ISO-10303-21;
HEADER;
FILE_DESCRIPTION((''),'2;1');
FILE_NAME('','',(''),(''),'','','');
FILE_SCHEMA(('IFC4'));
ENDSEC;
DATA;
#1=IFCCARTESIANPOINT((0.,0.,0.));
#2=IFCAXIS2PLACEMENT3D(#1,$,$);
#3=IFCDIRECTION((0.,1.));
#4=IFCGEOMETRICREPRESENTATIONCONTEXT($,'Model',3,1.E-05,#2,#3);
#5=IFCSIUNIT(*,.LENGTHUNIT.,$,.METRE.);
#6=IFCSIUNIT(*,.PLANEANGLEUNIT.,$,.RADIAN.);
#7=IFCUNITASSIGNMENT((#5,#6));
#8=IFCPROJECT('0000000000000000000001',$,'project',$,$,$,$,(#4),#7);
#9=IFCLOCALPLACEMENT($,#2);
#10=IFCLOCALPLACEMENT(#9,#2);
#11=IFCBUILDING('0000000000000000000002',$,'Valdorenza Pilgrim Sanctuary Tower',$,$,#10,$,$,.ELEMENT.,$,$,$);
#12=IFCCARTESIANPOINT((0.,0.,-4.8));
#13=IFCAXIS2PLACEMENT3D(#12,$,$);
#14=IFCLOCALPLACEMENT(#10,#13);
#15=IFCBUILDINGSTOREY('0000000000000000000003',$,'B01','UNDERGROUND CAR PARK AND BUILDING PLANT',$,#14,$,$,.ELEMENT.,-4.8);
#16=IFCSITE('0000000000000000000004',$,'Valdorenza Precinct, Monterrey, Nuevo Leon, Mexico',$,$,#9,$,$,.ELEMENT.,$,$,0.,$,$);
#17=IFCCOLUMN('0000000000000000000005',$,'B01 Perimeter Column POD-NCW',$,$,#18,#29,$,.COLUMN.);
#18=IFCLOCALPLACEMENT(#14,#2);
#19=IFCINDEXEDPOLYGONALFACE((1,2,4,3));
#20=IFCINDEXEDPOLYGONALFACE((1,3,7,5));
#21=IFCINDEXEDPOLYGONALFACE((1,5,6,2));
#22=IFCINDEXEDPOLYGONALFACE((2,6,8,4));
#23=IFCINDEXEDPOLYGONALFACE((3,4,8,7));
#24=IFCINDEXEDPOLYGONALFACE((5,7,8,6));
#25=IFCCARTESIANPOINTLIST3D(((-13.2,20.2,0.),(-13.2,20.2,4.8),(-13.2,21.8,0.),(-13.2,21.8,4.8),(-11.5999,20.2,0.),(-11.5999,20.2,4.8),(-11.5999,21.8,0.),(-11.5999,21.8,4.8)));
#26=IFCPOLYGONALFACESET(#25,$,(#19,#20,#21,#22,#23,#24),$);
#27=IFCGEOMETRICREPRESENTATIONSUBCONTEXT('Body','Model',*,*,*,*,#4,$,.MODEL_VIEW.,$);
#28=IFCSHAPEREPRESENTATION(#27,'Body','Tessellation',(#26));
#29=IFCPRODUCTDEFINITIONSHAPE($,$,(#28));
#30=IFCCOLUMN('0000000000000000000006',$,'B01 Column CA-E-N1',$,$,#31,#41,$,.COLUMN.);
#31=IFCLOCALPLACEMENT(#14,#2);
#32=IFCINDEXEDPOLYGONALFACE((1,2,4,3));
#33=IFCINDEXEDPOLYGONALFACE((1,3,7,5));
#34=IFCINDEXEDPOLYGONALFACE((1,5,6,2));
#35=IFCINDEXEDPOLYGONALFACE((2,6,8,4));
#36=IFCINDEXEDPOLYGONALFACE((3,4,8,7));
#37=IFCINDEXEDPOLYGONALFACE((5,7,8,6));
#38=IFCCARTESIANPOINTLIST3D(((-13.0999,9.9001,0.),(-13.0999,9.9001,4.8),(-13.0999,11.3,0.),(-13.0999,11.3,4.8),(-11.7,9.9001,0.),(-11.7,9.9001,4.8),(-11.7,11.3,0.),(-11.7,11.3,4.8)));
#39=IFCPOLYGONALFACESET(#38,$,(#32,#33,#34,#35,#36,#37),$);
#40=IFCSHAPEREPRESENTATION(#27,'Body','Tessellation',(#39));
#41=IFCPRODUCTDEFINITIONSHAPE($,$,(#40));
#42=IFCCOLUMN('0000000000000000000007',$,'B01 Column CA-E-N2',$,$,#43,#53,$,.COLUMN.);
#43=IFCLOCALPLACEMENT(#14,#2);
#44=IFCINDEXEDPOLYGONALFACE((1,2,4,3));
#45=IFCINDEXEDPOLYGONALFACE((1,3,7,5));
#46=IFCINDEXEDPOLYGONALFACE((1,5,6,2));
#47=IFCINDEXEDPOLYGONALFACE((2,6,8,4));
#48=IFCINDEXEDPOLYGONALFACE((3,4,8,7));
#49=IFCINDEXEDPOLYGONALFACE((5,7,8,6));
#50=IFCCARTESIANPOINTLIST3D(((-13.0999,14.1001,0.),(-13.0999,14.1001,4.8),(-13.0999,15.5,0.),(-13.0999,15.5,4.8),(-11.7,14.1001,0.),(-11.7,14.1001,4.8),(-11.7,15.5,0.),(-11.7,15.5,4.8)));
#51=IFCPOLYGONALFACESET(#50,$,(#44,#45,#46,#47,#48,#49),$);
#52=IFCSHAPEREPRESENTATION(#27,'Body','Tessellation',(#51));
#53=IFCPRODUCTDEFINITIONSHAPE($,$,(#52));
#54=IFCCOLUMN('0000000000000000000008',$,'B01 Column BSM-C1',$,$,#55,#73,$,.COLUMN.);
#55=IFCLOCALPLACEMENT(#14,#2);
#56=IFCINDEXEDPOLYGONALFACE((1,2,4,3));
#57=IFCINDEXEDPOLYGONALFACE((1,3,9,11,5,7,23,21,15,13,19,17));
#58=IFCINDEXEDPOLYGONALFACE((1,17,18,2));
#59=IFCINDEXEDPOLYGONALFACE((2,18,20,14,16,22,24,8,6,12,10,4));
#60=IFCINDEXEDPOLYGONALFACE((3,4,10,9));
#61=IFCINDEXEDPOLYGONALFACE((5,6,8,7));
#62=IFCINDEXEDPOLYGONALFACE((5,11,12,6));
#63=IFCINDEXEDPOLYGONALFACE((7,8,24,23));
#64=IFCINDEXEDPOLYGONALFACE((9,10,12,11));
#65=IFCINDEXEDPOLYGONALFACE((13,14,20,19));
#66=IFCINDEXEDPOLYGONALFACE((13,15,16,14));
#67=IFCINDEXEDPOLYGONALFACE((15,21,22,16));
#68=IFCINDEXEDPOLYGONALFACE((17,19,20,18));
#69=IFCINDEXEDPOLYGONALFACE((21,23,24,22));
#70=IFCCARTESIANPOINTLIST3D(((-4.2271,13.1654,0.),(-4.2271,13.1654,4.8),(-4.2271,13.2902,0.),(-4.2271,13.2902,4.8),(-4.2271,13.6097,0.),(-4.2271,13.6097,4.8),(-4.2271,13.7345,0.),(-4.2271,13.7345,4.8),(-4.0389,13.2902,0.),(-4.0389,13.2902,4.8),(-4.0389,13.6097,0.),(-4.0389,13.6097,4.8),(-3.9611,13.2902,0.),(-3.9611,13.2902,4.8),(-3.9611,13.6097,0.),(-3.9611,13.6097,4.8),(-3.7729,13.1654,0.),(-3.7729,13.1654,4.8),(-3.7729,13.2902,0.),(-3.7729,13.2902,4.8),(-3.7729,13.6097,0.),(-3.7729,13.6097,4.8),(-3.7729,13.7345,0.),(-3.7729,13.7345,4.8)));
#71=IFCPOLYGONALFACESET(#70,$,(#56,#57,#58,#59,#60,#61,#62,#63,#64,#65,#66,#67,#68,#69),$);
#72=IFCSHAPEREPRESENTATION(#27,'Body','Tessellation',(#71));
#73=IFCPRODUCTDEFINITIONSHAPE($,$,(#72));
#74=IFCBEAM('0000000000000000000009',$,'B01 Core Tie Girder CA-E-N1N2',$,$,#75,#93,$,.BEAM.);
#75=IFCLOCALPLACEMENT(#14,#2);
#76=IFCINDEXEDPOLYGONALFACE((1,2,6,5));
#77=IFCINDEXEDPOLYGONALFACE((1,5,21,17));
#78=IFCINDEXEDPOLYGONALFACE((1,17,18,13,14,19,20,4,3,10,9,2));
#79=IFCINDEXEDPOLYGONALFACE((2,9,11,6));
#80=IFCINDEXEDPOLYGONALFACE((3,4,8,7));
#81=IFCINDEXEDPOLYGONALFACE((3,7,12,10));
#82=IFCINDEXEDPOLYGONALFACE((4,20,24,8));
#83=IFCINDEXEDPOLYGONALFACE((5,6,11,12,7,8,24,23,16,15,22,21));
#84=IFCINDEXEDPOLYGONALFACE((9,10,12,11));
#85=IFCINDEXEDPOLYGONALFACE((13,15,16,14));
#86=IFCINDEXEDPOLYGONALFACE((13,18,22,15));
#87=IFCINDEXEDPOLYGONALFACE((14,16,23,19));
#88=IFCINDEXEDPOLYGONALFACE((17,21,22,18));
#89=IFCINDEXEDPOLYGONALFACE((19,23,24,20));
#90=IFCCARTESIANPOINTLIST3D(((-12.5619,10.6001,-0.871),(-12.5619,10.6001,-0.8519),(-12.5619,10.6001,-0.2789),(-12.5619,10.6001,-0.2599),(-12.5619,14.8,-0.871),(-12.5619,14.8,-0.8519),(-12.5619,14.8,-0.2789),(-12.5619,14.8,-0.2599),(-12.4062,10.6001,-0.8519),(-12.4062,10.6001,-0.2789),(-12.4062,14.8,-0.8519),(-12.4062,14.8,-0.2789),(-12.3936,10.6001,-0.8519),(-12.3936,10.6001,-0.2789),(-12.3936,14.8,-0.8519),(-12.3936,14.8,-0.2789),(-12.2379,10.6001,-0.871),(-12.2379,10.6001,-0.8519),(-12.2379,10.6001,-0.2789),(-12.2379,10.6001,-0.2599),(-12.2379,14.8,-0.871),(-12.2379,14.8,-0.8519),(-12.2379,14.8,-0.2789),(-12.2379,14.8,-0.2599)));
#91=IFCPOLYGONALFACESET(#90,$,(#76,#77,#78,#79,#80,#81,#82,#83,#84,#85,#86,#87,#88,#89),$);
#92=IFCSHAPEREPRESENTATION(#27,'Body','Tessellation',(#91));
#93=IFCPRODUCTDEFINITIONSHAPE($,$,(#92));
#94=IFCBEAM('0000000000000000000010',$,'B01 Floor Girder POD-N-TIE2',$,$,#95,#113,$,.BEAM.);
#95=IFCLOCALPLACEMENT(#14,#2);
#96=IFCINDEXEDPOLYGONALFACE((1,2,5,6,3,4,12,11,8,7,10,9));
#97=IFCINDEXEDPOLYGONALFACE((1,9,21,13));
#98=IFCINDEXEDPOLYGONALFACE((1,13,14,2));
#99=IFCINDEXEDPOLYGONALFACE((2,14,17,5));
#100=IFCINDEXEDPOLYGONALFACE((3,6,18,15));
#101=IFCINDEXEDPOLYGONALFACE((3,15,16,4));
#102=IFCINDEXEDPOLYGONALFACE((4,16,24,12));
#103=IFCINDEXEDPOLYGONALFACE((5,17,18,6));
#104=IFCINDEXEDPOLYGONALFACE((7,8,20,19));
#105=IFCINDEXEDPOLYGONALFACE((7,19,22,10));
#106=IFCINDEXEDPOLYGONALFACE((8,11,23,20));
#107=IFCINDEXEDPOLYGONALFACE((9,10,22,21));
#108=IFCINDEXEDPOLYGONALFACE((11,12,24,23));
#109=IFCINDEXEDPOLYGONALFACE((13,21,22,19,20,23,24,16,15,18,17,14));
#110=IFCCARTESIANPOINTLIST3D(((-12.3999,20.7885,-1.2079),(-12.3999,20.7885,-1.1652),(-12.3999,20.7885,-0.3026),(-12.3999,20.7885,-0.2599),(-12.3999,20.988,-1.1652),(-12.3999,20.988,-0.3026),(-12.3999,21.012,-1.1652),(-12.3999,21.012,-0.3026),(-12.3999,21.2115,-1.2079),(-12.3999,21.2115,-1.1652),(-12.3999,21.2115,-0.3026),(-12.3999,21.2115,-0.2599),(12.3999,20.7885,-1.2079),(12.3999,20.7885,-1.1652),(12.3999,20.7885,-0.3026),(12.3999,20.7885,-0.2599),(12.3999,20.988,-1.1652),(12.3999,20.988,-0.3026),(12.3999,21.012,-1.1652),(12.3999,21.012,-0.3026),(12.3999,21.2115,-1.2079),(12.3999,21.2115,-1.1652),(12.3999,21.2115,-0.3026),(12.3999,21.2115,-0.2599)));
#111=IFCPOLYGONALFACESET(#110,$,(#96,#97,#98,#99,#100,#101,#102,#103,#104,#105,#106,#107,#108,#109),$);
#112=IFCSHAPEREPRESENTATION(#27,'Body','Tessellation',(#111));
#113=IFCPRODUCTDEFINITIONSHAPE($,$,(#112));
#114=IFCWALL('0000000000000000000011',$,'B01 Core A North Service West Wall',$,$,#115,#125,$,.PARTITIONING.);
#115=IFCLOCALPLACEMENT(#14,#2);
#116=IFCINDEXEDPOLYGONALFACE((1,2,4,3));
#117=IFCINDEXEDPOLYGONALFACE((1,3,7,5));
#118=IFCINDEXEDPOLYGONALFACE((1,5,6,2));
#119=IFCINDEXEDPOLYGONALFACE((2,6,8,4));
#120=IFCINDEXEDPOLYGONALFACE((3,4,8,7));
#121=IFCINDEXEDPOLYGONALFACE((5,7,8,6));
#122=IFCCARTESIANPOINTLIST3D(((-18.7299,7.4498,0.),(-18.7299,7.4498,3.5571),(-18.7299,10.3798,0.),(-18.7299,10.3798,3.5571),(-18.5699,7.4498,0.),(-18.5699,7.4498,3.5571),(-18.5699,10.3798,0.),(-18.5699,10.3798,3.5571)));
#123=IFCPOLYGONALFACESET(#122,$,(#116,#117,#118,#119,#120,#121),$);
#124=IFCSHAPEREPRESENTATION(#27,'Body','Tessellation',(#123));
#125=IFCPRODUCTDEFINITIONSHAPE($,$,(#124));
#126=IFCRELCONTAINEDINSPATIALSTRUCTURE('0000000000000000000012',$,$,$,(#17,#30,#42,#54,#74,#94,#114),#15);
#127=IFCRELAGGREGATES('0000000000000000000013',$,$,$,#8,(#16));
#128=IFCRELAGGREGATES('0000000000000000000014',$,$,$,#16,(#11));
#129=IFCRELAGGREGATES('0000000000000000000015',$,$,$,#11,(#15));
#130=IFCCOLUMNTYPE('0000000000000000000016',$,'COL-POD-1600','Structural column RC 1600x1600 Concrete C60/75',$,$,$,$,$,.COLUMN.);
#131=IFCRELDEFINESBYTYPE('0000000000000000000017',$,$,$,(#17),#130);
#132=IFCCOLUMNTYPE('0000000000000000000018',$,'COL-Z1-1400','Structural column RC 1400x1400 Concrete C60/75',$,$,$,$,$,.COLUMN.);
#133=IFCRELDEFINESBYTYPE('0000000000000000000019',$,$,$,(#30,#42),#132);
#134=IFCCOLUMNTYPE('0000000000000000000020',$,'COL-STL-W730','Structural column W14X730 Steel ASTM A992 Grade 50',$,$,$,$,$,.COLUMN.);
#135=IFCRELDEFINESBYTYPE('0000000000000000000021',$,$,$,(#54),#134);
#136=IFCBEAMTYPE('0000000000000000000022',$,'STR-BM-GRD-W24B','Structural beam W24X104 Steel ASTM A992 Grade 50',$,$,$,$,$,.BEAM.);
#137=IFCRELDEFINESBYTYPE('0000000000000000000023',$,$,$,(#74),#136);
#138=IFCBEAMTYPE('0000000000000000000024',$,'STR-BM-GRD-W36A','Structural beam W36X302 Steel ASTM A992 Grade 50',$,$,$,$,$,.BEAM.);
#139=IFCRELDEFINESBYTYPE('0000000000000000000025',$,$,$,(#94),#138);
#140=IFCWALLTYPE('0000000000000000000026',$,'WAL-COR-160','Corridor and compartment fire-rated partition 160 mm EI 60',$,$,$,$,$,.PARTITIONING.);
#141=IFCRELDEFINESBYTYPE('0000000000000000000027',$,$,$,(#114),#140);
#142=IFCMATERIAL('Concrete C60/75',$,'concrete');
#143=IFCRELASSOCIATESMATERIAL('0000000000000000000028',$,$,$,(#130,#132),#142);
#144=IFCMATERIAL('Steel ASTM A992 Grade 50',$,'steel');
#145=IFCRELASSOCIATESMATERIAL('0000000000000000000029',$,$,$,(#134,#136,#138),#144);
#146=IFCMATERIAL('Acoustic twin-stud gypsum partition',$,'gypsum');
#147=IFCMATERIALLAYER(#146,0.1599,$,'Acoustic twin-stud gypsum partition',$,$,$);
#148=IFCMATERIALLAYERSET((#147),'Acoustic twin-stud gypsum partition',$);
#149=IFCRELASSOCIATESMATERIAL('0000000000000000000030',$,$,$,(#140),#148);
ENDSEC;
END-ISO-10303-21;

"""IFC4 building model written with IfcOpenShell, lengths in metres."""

from ifc_helpers import new_model, si_unit, direction, frame, frame_2d, origin, origin_2d, place, context, subcontext, project, spatial, rectangle, i_section, extrude, source, transform, mapped, material, layer, layer_set, material_profile, profile_set, type_object, element, save


model = new_model("IFC4")

# Units and contexts
model_context = context("Model", 3, precision=1e-05, world=origin(), true_north=direction((0.0, 1.0)))
body_context = subcontext(model_context, "Body", "Model", "MODEL_VIEW")
ifc_project = project(units=[si_unit("LENGTHUNIT", "METRE"), si_unit("PLANEANGLEUNIT", "RADIAN")], contexts=[model_context])

# Site, building, storey
site_placement = place(None, origin())
site = spatial("IfcSite", under=ifc_project, at=site_placement, Name="Valdorenza Precinct, Monterrey, Nuevo Leon, Mexico", CompositionType="ELEMENT", RefElevation=0.0)
building_placement = place(site_placement, origin())
building = spatial("IfcBuilding", under=site, at=building_placement, Name="Valdorenza Pilgrim Sanctuary Tower", CompositionType="ELEMENT")
storey_placement = place(building_placement, frame((0.0, 0.0, -4.8)))
storey = spatial("IfcBuildingStorey", under=building, at=storey_placement, Name="B01", Description="UNDERGROUND CAR PARK AND BUILDING PLANT", CompositionType="ELEMENT", Elevation=-4.8)

# Columns
ifc_material_1 = material(Name="Concrete C60/75", Category="concrete")
ifc_material_profile_1 = material_profile(ifc_material_1, rectangle(XDim=1.6001, YDim=1.6001, at=origin_2d()), Name="RC 1600x1600")
ifc_profile_set_1 = profile_set([ifc_material_profile_1], Name="Concrete C60/75")
column_type_1 = type_object("IfcColumnType", Name="COL-POD-1600", Description="Structural column RC 1600x1600 Concrete C60/75", PredefinedType="COLUMN", material=ifc_profile_set_1)
shared_shape_1 = source(origin(), body_context, "Body", "SweptSolid", [
    extrude(rectangle(XDim=1.6001, YDim=1.6001, at=origin_2d()), origin(), (0.0, 0.0, 1.0), 4.8),
])
column_1_placement = place(storey_placement, frame((-12.3999, 21.0, 0.0), z_axis=(0.0, 0.0, 1.0), x_axis=(1.0, 0.0, 0.0)))
element("IfcColumn", 1, at=column_1_placement, inside=storey, type_object=column_type_1, Name="B01 Perimeter Column POD-NCW", PredefinedType="COLUMN", context=body_context, shape_type="MappedRepresentation", body=[
    mapped(shared_shape_1, transform((0.0, 0.0, 0.0), x_axis=(1.0, 0.0, 0.0), y_axis=(0.0, 1.0, 0.0), z_axis=(0.0, 0.0, 1.0), scale=1.0)),
])
ifc_material_profile_2 = material_profile(ifc_material_1, rectangle(XDim=1.3999, YDim=1.3999, at=origin_2d()), Name="RC 1400x1400")
ifc_profile_set_2 = profile_set([ifc_material_profile_2], Name="Concrete C60/75")
column_type_2 = type_object("IfcColumnType", Name="COL-Z1-1400", Description="Structural column RC 1400x1400 Concrete C60/75", PredefinedType="COLUMN", material=ifc_profile_set_2)
shared_shape_2 = source(origin(), body_context, "Body", "SweptSolid", [
    extrude(rectangle(XDim=1.3999, YDim=1.3999, at=origin_2d()), origin(), (0.0, 0.0, 1.0), 4.8),
])
for number, where, z_axis, x_axis, name in (
    (2, (-12.3999, 10.6001, 0.0), (0.0, 0.0, 1.0), (1.0, 0.0, 0.0), "B01 Column CA-E-N1"),
    (3, (-12.3999, 14.8, 0.0), (0.0, 0.0, 1.0), (1.0, 0.0, 0.0), "B01 Column CA-E-N2"),
):
    element("IfcColumn", number, at=place(storey_placement, frame(where, z_axis=z_axis, x_axis=x_axis)), inside=storey, type_object=column_type_2, Name=name, PredefinedType="COLUMN", context=body_context, shape_type="MappedRepresentation", body=[
        mapped(shared_shape_2, transform((0.0, 0.0, 0.0), x_axis=(1.0, 0.0, 0.0), y_axis=(0.0, 1.0, 0.0), z_axis=(0.0, 0.0, 1.0), scale=1.0)),
    ])
ifc_material_2 = material(Name="Steel ASTM A992 Grade 50", Category="steel")
ifc_material_profile_3 = material_profile(ifc_material_2, i_section(OverallWidth=0.4541, OverallDepth=0.5691, WebThickness=0.0779, FlangeThickness=0.1248, at=origin_2d()), Name="W14X730")
ifc_profile_set_3 = profile_set([ifc_material_profile_3], Name="Steel ASTM A992 Grade 50")
column_type_3 = type_object("IfcColumnType", Name="COL-STL-W730", Description="Structural column W14X730 Steel ASTM A992 Grade 50", PredefinedType="COLUMN", material=ifc_profile_set_3)
shared_shape_3 = source(origin(), body_context, "Body", "SweptSolid", [
    extrude(i_section(OverallWidth=0.4541, OverallDepth=0.5691, WebThickness=0.0779, FlangeThickness=0.1248, at=origin_2d()), origin(), (0.0, 0.0, 1.0), 4.8),
])
column_2_placement = place(storey_placement, frame((-4.0, 13.45, 0.0), z_axis=(0.0, 0.0, 1.0), x_axis=(1.0, 0.0, 0.0)))
element("IfcColumn", 4, at=column_2_placement, inside=storey, type_object=column_type_3, Name="B01 Column BSM-C1", PredefinedType="COLUMN", context=body_context, shape_type="MappedRepresentation", body=[
    mapped(shared_shape_3, transform((0.0, 0.0, 0.0), x_axis=(1.0, 0.0, 0.0), y_axis=(0.0, 1.0, 0.0), z_axis=(0.0, 0.0, 1.0), scale=1.0)),
])

# Beams
ifc_material_profile_4 = material_profile(ifc_material_2, i_section(OverallWidth=0.324, OverallDepth=0.6111, WebThickness=0.0127, FlangeThickness=0.019, at=origin_2d()), Name="W24X104")
ifc_profile_set_4 = profile_set([ifc_material_profile_4], Name="Steel ASTM A992 Grade 50")
beam_type_1 = type_object("IfcBeamType", Name="STR-BM-GRD-W24B", Description="Structural beam W24X104 Steel ASTM A992 Grade 50", PredefinedType="BEAM", material=ifc_profile_set_4)
shared_shape_4 = source(origin(), body_context, "Body", "SweptSolid", [
    extrude(i_section(OverallWidth=0.324, OverallDepth=0.6111, WebThickness=0.0127, FlangeThickness=0.019, at=origin_2d()), origin(), (0.0, 0.0, 1.0), 4.2),
])
beam_1_placement = place(storey_placement, frame((-12.3999, 10.6001, -0.5654), z_axis=(0.0, 1.0, 0.0), x_axis=(-1.0, 0.0, 0.0)))
element("IfcBeam", 5, at=beam_1_placement, inside=storey, type_object=beam_type_1, Name="B01 Core Tie Girder CA-E-N1N2", PredefinedType="BEAM", context=body_context, shape_type="MappedRepresentation", body=[
    mapped(shared_shape_4, transform((0.0, 0.0, 0.0), x_axis=(1.0, 0.0, 0.0), y_axis=(0.0, 1.0, 0.0), z_axis=(0.0, 0.0, 1.0), scale=1.0)),
])
ifc_material_profile_5 = material_profile(ifc_material_2, i_section(OverallWidth=0.4231, OverallDepth=0.948, WebThickness=0.0239, FlangeThickness=0.0427, at=origin_2d()), Name="W36X302")
ifc_profile_set_5 = profile_set([ifc_material_profile_5], Name="Steel ASTM A992 Grade 50")
beam_type_2 = type_object("IfcBeamType", Name="STR-BM-GRD-W36A", Description="Structural beam W36X302 Steel ASTM A992 Grade 50", PredefinedType="BEAM", material=ifc_profile_set_5)
shared_shape_5 = source(origin(), body_context, "Body", "SweptSolid", [
    extrude(i_section(OverallWidth=0.4231, OverallDepth=0.948, WebThickness=0.0239, FlangeThickness=0.0427, at=origin_2d()), origin(), (0.0, 0.0, 1.0), 24.7998),
])
beam_2_placement = place(storey_placement, frame((-12.3999, 21.0, -0.7339), z_axis=(1.0, 0.0, 0.0), x_axis=(0.0, 1.0, 0.0)))
element("IfcBeam", 6, at=beam_2_placement, inside=storey, type_object=beam_type_2, Name="B01 Floor Girder POD-N-TIE2", PredefinedType="BEAM", context=body_context, shape_type="MappedRepresentation", body=[
    mapped(shared_shape_5, transform((0.0, 0.0, 0.0), x_axis=(1.0, 0.0, 0.0), y_axis=(0.0, 1.0, 0.0), z_axis=(0.0, 0.0, 1.0), scale=1.0)),
])

# Wall
ifc_material_3 = material(Name="Acoustic twin-stud gypsum partition", Category="gypsum")
ifc_layer_1 = layer(ifc_material_3, 0.1599, Name="Acoustic twin-stud gypsum partition")
ifc_layer_set_1 = layer_set([ifc_layer_1], Name="Acoustic twin-stud gypsum partition")
wall_type_1 = type_object("IfcWallType", Name="WAL-COR-160", Description="Corridor and compartment fire-rated partition 160 mm EI 60", PredefinedType="PARTITIONING", material=ifc_layer_set_1)
wall_1_placement = place(storey_placement, frame((-18.6499, 7.45, 0.0), z_axis=(0.0, 0.0, 1.0), x_axis=(0.0, 1.0, 0.0)))
element("IfcWall", 7, at=wall_1_placement, inside=storey, type_object=wall_type_1, Name="B01 Core A North Service West Wall", PredefinedType="PARTITIONING", context=body_context, shape_type="SweptSolid", body=[
    extrude(rectangle(XDim=2.9299, YDim=0.1599, at=frame_2d((1.4648, 0.0))), origin(), (0.0, 0.0, 1.0), 3.5571),
])

save(model, "model.ifc")
